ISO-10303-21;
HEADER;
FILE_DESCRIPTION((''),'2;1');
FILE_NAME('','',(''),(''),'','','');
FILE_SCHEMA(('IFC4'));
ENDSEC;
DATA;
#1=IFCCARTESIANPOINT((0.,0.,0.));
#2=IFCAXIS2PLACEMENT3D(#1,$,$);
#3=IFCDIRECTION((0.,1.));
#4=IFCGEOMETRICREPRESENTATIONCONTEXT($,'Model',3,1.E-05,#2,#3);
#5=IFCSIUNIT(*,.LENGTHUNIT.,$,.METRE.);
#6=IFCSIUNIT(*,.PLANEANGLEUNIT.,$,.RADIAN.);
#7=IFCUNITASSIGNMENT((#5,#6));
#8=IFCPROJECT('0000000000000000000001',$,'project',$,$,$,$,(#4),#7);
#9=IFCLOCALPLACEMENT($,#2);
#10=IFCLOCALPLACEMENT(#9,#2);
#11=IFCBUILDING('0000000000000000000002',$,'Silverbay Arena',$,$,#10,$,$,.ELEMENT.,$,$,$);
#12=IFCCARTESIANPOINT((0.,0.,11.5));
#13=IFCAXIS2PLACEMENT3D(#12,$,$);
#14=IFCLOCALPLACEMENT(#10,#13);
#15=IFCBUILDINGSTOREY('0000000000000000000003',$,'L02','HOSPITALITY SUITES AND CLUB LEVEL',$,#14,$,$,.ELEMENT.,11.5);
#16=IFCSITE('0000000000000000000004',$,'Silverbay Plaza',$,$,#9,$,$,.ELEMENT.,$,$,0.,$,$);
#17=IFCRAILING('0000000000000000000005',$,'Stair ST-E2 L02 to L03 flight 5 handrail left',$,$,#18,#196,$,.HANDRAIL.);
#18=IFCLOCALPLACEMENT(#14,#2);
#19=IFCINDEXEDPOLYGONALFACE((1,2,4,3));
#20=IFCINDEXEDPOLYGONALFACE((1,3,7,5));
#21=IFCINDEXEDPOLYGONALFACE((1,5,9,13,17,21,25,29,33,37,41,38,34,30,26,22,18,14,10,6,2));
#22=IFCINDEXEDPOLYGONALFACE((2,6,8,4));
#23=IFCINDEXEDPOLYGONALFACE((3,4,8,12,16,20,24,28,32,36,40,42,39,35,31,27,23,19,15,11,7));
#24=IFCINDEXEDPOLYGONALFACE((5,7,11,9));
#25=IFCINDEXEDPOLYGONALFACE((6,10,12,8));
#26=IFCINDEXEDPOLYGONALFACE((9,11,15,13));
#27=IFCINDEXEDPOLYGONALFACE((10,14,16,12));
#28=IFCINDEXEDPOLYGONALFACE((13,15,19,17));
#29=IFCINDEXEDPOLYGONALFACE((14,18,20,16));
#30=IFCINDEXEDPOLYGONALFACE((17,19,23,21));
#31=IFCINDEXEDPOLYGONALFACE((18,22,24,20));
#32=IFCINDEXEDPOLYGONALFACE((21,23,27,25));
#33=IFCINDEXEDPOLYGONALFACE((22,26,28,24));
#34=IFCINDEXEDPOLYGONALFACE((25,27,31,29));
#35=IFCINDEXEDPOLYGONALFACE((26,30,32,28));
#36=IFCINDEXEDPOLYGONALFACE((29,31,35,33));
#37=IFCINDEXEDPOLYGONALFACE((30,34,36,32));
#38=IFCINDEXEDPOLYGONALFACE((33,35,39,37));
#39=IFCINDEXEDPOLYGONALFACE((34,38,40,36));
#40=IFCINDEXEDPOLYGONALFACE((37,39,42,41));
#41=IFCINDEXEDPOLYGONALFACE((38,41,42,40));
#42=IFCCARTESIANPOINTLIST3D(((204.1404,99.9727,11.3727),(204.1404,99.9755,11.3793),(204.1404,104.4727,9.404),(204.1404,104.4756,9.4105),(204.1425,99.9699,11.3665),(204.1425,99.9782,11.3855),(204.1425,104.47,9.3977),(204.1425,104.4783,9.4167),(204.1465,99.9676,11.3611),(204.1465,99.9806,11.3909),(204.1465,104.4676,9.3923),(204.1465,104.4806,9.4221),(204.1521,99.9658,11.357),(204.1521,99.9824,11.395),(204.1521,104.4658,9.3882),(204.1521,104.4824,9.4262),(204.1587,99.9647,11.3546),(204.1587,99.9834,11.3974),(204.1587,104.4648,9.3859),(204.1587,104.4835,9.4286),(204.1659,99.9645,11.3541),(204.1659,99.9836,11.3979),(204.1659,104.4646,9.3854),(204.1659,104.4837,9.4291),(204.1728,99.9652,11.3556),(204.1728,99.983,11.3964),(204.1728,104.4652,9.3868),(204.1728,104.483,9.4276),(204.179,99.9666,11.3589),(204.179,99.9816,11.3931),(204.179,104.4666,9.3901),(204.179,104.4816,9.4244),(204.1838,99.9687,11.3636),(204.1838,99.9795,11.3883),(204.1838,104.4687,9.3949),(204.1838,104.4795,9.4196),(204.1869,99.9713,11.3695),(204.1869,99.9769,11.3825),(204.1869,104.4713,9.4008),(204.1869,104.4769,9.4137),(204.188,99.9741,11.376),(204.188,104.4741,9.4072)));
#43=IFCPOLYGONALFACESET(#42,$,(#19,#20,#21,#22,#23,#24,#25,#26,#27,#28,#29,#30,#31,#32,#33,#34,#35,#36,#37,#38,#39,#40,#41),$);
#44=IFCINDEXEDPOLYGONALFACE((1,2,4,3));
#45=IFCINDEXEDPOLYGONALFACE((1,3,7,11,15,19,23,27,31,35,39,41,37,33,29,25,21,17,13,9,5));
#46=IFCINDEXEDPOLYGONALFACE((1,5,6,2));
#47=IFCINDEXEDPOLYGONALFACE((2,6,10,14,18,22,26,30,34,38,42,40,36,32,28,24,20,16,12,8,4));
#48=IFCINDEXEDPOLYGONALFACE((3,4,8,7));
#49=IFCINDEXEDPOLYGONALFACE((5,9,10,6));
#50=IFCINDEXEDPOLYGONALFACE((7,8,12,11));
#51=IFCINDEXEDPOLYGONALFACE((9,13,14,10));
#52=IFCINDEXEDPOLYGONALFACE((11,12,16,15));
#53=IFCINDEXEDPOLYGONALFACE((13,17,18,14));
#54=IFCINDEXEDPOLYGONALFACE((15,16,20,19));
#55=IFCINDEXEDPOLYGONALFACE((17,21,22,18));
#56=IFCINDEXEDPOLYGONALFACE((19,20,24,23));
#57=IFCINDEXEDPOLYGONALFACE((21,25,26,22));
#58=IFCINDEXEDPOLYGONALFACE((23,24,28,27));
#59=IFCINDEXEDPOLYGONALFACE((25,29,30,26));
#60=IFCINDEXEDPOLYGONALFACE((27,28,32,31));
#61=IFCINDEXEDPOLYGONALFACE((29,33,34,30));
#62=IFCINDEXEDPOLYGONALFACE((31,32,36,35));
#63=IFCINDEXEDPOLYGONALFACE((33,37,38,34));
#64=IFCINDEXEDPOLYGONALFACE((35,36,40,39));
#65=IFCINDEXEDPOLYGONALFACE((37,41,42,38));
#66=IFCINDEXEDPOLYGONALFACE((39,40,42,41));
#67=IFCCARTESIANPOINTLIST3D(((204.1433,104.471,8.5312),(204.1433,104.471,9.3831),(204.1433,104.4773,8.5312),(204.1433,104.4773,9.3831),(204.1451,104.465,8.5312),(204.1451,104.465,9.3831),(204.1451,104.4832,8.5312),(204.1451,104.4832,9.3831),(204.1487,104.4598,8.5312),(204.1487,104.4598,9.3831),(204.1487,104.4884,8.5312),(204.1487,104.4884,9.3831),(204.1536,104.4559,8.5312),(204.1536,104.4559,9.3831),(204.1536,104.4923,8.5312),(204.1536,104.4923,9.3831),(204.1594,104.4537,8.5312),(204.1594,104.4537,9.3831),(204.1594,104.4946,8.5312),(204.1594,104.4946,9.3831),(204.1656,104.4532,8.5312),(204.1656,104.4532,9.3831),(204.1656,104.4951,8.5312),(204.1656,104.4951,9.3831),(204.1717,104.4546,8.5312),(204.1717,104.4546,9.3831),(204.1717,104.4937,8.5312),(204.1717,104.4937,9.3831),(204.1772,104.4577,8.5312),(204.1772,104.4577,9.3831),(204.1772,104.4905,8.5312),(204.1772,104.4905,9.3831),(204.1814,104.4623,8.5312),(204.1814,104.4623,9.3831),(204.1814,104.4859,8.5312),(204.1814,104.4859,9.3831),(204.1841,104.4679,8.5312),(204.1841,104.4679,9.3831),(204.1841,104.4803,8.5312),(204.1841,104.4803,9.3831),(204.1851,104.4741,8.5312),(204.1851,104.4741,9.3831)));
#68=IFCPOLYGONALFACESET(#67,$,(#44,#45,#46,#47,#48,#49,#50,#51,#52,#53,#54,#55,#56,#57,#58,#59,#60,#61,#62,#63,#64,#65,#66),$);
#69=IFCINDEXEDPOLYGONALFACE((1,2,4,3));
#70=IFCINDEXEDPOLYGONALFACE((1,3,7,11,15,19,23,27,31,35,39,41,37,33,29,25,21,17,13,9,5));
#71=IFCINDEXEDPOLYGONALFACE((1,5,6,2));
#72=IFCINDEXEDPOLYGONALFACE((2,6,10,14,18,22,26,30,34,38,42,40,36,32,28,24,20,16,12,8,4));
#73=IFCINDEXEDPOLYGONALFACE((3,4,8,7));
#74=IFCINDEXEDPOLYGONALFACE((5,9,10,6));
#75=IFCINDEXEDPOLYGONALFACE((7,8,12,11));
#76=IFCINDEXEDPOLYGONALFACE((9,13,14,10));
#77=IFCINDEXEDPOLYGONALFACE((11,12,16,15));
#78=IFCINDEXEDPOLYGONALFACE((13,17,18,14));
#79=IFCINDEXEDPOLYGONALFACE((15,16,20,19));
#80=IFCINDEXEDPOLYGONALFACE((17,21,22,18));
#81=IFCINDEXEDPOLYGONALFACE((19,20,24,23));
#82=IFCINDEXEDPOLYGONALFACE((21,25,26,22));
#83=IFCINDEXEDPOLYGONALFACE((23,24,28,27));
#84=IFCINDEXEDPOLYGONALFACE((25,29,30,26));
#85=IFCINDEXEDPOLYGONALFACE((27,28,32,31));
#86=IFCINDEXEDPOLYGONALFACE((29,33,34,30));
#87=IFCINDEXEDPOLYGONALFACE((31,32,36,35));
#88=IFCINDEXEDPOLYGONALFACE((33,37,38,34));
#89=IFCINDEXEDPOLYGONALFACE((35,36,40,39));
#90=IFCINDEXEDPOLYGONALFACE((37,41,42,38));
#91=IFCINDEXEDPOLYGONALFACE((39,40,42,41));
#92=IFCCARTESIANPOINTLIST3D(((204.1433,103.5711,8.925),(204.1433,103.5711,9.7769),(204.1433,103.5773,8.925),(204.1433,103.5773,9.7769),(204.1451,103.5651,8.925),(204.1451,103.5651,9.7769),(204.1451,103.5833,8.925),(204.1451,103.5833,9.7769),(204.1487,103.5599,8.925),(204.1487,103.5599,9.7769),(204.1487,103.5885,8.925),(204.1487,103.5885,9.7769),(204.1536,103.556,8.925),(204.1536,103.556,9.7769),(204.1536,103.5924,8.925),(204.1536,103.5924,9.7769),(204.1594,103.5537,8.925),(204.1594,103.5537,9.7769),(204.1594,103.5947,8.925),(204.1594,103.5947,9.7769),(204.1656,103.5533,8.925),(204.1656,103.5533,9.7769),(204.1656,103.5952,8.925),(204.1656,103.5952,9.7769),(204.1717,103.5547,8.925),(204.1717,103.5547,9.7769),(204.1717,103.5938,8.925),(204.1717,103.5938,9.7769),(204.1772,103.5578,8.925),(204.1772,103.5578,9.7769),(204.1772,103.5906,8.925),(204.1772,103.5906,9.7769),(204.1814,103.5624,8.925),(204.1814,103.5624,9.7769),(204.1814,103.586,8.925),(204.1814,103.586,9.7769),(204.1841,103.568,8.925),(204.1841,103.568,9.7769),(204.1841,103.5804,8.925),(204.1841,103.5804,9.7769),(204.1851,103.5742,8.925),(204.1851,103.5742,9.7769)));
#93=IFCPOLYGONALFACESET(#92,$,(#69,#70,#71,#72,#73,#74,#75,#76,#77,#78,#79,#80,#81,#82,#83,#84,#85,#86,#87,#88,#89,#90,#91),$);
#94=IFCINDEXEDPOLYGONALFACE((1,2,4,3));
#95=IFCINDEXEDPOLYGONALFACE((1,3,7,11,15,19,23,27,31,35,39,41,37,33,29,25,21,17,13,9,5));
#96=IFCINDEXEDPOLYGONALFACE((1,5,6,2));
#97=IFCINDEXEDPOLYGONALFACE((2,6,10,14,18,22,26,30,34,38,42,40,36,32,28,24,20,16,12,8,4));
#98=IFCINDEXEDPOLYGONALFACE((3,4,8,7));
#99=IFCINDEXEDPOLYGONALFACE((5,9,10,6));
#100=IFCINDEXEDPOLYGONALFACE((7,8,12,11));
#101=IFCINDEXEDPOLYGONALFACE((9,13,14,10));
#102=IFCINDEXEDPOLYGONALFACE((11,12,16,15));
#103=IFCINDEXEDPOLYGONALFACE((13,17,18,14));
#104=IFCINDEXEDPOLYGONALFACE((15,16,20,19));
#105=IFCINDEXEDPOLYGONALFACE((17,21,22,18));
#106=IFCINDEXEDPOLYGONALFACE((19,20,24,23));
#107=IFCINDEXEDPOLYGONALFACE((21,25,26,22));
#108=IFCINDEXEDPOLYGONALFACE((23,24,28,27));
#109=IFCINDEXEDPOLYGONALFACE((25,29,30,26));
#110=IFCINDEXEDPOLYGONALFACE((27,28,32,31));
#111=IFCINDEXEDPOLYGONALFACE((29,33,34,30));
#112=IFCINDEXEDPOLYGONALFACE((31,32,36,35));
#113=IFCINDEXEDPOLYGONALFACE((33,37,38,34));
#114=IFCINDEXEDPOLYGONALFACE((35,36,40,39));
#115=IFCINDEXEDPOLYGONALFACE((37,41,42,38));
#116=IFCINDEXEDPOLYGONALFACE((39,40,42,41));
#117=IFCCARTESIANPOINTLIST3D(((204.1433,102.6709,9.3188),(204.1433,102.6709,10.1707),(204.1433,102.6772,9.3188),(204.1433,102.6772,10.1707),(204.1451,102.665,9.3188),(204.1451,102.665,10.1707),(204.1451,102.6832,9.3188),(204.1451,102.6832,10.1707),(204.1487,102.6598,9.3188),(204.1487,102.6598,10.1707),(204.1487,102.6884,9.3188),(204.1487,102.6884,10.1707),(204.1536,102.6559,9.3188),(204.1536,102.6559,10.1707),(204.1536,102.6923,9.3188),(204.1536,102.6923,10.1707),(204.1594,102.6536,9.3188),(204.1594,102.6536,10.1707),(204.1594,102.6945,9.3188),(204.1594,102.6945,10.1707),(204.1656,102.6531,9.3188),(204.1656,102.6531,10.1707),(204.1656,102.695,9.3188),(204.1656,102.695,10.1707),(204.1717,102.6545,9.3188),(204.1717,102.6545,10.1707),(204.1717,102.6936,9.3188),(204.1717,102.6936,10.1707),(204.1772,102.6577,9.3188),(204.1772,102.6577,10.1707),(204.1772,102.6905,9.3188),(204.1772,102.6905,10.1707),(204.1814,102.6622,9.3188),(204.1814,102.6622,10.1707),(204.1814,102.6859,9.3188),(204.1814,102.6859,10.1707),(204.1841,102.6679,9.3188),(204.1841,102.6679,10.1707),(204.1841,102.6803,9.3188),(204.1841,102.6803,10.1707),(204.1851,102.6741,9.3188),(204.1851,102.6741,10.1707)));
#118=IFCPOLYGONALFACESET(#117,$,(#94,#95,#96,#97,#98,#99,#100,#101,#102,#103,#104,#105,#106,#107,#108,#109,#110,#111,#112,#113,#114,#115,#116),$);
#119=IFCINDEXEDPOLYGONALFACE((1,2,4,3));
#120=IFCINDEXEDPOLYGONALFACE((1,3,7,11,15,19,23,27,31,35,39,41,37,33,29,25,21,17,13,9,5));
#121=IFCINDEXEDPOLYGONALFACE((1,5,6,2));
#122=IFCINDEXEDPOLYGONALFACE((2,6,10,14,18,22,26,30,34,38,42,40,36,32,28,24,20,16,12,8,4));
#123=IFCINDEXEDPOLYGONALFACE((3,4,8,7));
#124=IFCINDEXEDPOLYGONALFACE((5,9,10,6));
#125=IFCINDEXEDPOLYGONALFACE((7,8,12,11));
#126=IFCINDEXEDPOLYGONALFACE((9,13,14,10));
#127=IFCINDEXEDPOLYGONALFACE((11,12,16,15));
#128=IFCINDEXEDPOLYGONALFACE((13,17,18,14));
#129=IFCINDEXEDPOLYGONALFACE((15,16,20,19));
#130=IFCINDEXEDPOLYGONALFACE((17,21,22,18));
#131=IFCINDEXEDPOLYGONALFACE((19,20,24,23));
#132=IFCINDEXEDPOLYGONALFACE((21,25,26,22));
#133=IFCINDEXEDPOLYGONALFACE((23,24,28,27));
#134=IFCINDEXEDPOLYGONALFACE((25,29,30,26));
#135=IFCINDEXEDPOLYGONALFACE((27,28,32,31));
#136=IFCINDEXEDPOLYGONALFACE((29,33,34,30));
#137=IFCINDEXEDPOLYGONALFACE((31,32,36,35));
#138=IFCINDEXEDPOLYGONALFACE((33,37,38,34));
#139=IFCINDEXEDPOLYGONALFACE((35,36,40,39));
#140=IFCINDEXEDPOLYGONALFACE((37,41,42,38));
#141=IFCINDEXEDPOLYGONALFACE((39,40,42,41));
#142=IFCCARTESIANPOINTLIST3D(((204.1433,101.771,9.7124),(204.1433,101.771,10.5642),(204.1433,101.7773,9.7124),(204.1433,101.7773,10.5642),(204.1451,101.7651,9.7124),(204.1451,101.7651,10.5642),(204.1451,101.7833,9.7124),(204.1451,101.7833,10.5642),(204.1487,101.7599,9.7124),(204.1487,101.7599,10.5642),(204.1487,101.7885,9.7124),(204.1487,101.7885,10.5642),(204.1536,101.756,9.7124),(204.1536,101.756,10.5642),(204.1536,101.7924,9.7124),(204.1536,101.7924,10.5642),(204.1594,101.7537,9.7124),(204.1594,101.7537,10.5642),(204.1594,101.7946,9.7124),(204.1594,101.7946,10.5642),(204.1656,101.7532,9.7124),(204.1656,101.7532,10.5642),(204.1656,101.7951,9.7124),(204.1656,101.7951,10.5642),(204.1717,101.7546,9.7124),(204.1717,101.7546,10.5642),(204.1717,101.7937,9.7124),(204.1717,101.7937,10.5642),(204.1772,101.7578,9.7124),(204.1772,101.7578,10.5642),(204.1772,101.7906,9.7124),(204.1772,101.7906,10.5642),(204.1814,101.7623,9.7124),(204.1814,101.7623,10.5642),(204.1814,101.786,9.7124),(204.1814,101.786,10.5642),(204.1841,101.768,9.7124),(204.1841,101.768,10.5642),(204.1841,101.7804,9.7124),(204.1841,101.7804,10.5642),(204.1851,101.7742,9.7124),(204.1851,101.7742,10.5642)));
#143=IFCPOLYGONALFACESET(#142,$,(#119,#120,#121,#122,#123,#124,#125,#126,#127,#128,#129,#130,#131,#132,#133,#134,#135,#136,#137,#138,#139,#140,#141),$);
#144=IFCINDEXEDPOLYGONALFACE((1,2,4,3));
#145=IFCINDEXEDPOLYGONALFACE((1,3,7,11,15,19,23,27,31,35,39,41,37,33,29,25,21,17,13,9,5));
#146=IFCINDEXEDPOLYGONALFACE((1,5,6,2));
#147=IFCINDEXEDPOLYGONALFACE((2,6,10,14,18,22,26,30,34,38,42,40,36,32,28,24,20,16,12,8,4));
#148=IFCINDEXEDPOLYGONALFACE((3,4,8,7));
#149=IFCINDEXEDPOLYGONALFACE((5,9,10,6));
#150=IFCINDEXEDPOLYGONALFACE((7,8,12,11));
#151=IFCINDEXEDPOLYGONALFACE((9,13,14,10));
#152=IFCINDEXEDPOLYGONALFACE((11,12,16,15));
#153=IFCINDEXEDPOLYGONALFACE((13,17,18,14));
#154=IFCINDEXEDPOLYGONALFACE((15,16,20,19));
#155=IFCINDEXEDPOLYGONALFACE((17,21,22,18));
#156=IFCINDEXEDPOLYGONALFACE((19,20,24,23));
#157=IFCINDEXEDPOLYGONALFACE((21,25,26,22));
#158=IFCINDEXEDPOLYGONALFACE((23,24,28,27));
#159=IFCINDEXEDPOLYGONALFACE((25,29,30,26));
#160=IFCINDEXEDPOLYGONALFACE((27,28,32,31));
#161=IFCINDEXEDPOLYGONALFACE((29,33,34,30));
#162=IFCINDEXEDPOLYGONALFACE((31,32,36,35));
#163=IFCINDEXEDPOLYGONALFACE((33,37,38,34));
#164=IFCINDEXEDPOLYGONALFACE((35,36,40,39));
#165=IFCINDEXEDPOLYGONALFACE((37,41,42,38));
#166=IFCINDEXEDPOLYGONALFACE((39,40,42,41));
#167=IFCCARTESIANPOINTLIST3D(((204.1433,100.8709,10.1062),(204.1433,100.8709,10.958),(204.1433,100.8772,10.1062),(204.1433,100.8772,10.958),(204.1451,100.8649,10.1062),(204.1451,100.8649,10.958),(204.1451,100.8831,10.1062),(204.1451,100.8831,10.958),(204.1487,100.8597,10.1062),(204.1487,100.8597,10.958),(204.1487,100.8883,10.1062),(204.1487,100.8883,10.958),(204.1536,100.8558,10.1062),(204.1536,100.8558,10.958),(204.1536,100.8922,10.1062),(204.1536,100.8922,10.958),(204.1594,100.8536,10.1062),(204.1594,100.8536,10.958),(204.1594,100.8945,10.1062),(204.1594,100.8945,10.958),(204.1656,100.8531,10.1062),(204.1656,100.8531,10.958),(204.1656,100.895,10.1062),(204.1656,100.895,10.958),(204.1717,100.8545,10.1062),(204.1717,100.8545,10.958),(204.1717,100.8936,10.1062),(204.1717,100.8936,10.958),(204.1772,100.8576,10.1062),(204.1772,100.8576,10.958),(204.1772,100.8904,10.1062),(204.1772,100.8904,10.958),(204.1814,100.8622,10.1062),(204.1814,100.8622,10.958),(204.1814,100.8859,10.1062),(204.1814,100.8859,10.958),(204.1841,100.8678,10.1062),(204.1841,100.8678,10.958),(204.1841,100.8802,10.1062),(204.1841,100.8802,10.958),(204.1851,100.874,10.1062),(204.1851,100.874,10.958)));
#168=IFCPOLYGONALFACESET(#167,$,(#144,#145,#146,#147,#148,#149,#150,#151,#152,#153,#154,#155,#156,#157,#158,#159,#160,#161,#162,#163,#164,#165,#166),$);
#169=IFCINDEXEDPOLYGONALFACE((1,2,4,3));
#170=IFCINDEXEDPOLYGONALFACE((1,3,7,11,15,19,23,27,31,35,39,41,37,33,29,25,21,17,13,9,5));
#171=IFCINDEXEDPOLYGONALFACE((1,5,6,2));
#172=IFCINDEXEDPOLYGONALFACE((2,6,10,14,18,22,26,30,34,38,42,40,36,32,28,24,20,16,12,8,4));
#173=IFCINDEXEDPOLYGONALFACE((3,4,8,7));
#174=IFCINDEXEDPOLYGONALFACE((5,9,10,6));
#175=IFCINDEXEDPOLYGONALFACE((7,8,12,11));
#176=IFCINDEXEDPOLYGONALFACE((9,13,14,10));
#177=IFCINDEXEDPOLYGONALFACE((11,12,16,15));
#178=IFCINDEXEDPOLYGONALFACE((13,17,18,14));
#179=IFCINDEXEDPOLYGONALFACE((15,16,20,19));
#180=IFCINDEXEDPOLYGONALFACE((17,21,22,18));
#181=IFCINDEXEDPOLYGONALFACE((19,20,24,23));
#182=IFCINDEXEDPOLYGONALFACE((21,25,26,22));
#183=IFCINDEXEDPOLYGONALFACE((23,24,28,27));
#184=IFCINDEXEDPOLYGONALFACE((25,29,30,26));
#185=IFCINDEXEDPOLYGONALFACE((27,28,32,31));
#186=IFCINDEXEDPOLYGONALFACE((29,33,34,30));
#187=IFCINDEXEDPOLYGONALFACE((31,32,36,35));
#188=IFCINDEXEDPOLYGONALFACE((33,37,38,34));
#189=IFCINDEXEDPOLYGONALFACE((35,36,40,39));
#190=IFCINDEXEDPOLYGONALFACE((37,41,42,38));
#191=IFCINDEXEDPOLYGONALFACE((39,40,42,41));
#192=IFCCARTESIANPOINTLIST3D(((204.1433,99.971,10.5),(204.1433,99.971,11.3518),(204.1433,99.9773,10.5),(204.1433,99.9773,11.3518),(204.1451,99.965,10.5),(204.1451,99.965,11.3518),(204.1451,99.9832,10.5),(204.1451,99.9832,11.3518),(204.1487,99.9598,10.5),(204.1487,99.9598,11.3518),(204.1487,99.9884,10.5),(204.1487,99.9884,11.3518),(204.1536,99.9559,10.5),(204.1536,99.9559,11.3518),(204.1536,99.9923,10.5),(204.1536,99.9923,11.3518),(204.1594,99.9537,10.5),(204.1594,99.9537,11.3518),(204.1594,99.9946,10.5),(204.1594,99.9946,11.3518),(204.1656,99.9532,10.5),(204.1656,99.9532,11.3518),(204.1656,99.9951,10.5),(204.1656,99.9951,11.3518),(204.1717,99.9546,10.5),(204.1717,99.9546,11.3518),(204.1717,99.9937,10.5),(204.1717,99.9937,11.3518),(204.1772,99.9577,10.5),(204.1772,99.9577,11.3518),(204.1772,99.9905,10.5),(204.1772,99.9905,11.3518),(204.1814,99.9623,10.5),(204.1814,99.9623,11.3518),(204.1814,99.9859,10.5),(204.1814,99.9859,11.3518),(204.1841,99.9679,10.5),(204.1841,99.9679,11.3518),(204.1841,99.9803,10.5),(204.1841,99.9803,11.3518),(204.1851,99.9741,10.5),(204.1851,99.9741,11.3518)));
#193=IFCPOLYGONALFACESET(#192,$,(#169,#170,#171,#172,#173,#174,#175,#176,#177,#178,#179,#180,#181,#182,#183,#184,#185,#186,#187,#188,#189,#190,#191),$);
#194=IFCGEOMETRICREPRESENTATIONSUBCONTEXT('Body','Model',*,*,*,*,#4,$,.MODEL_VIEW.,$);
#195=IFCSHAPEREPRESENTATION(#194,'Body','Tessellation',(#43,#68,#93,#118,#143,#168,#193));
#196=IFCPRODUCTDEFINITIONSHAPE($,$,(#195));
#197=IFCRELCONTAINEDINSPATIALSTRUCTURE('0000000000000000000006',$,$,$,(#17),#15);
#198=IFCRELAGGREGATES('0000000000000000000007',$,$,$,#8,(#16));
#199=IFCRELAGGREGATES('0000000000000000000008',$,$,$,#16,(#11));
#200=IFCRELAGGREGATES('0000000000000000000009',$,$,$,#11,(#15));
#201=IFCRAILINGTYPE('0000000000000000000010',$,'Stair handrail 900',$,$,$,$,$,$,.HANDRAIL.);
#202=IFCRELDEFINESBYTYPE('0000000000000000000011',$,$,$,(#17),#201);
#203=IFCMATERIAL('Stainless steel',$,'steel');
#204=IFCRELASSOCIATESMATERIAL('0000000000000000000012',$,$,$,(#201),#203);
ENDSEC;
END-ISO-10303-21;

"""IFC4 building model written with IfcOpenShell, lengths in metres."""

from ifc_helpers import new_model, si_unit, direction, frame, origin, origin_2d, place, context, subcontext, project, spatial, circle, extrude, material, type_object, element, save


model = new_model("IFC4")

# Units and contexts
model_context = context("Model", 3, precision=1e-05, world=origin(), true_north=direction((0.0, 1.0)))
body_context = subcontext(model_context, "Body", "Model", "MODEL_VIEW")
ifc_project = project(units=[si_unit("LENGTHUNIT", "METRE"), si_unit("PLANEANGLEUNIT", "RADIAN")], contexts=[model_context])

# Site, building, storey
site_placement = place(None, origin())
site = spatial("IfcSite", under=ifc_project, at=site_placement, Name="Silverbay Plaza", CompositionType="ELEMENT", RefElevation=0.0)
building_placement = place(site_placement, origin())
building = spatial("IfcBuilding", under=site, at=building_placement, Name="Silverbay Arena", CompositionType="ELEMENT")
storey_placement = place(building_placement, frame((0.0, 0.0, 11.5)))
storey = spatial("IfcBuildingStorey", under=building, at=storey_placement, Name="L02", Description="HOSPITALITY SUITES AND CLUB LEVEL", CompositionType="ELEMENT", Elevation=11.5)

# Railing
ifc_material_1 = material(Name="Stainless steel", Category="steel")
railing_type_1 = type_object("IfcRailingType", Name="Stair handrail 900", PredefinedType="HANDRAIL", material=ifc_material_1)
railing_1_placement = place(storey_placement, frame((204.1641, 104.4741, 8.5312)))
element("IfcRailing", 1, at=railing_1_placement, inside=storey, type_object=railing_type_1, Name="Stair ST-E2 L02 to L03 flight 5 handrail left", PredefinedType="HANDRAIL", context=body_context, shape_type="SweptSolid", body=[
    extrude(circle(Radius=0.0239, at=origin_2d()), frame((0.0, 0.0, 0.876), z_axis=(0.0, -0.916157, 0.400819), x_axis=(1.0, 0.0, 0.0)), (0.0, 0.0, 1.0), 4.9119),
    extrude(circle(Radius=0.021, at=origin_2d()), origin(), (0.0, 0.0, 1.0), 0.8518),
    extrude(circle(Radius=0.021, at=origin_2d()), frame((0.0, -0.8999, 0.3938)), (0.0, 0.0, 1.0), 0.8518),
    extrude(circle(Radius=0.021, at=origin_2d()), frame((0.0, -1.8, 0.7876)), (0.0, 0.0, 1.0), 0.8518),
    extrude(circle(Radius=0.021, at=origin_2d()), frame((0.0, -2.7, 1.1812)), (0.0, 0.0, 1.0), 0.8518),
    extrude(circle(Radius=0.021, at=origin_2d()), frame((0.0, -3.6001, 1.575)), (0.0, 0.0, 1.0), 0.8518),
    extrude(circle(Radius=0.021, at=origin_2d()), frame((0.0, -4.5, 1.9688)), (0.0, 0.0, 1.0), 0.8518),
])

save(model, "model.ifc")
